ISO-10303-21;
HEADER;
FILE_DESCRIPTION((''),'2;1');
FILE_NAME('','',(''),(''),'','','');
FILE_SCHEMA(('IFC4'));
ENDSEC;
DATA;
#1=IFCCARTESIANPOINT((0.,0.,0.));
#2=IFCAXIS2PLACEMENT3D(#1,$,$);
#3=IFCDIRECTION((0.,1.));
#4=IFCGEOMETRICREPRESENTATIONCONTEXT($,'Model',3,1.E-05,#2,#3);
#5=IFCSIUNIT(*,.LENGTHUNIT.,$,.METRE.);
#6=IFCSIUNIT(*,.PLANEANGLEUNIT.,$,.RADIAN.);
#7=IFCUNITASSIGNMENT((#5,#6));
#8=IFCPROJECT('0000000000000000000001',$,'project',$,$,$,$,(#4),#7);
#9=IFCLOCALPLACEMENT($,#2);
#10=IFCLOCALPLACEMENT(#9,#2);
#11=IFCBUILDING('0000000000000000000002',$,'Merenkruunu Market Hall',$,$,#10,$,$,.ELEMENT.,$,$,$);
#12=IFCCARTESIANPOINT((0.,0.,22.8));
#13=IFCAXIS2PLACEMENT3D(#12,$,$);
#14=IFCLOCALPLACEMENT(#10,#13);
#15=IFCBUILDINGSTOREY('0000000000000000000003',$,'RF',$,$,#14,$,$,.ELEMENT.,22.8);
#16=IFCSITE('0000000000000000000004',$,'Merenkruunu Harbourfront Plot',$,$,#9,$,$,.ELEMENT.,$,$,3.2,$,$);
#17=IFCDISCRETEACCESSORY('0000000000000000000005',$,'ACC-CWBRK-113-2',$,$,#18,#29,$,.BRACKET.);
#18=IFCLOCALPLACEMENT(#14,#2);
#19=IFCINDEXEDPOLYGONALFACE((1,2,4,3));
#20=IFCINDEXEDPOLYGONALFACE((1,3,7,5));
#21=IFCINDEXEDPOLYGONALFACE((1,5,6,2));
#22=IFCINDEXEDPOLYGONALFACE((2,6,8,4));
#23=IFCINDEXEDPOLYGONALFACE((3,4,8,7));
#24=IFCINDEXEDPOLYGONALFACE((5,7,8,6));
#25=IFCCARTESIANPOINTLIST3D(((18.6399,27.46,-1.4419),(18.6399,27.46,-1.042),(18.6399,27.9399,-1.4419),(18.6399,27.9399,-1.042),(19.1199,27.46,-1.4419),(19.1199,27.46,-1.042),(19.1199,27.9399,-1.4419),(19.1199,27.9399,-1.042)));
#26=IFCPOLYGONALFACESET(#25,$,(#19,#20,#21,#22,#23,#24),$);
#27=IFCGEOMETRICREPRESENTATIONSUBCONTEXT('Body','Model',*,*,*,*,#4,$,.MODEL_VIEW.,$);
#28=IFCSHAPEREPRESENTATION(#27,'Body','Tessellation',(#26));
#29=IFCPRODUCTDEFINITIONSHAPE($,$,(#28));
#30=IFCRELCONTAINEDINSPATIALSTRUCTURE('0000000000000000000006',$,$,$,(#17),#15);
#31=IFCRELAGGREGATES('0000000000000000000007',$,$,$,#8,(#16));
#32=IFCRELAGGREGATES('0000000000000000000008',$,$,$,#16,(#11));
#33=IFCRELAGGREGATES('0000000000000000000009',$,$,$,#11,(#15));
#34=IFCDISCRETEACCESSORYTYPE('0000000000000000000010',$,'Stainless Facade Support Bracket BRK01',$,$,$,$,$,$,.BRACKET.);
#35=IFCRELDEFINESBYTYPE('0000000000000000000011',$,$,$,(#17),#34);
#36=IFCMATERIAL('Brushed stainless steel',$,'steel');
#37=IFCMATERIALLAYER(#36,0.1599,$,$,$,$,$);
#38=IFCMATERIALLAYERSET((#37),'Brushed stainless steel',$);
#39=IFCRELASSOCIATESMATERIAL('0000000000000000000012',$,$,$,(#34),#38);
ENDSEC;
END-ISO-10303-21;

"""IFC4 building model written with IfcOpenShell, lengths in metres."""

from ifc_helpers import new_model, si_unit, direction, frame, origin, origin_2d, place, context, subcontext, project, spatial, rectangle, extrude, material, layer, layer_set, type_object, element, save


model = new_model("IFC4")

# Units and contexts
model_context = context("Model", 3, precision=1e-05, world=origin(), true_north=direction((0.0, 1.0)))
body_context = subcontext(model_context, "Body", "Model", "MODEL_VIEW")
ifc_project = project(units=[si_unit("LENGTHUNIT", "METRE"), si_unit("PLANEANGLEUNIT", "RADIAN")], contexts=[model_context])

# Site, building, storey
site_placement = place(None, origin())
site = spatial("IfcSite", under=ifc_project, at=site_placement, Name="Merenkruunu Harbourfront Plot", CompositionType="ELEMENT", RefElevation=3.2)
building_placement = place(site_placement, origin())
building = spatial("IfcBuilding", under=site, at=building_placement, Name="Merenkruunu Market Hall", CompositionType="ELEMENT")
storey_placement = place(building_placement, frame((0.0, 0.0, 22.8)))
storey = spatial("IfcBuildingStorey", under=building, at=storey_placement, Name="RF", CompositionType="ELEMENT", Elevation=22.8)

# Discrete accessory
ifc_material_1 = material(Name="Brushed stainless steel", Category="steel")
ifc_layer_1 = layer(ifc_material_1, 0.1599)
ifc_layer_set_1 = layer_set([ifc_layer_1], Name="Brushed stainless steel")
discrete_accessory_type = type_object("IfcDiscreteAccessoryType", Name="Stainless Facade Support Bracket BRK01", PredefinedType="BRACKET", material=ifc_layer_set_1)
discrete_accessory_placement = place(storey_placement, frame((18.8799, 27.7, -1.4419), z_axis=(0.0, 0.0, 1.0), x_axis=(1.0, 0.0, 0.0)))
element("IfcDiscreteAccessory", 1, at=discrete_accessory_placement, inside=storey, type_object=discrete_accessory_type, Name="ACC-CWBRK-113-2", PredefinedType="BRACKET", context=body_context, shape_type="SweptSolid", body=[
    extrude(rectangle(XDim=0.48, YDim=0.48, at=origin_2d()), origin(), (0.0, 0.0, 1.0), 0.3999),
])

save(model, "model.ifc")
